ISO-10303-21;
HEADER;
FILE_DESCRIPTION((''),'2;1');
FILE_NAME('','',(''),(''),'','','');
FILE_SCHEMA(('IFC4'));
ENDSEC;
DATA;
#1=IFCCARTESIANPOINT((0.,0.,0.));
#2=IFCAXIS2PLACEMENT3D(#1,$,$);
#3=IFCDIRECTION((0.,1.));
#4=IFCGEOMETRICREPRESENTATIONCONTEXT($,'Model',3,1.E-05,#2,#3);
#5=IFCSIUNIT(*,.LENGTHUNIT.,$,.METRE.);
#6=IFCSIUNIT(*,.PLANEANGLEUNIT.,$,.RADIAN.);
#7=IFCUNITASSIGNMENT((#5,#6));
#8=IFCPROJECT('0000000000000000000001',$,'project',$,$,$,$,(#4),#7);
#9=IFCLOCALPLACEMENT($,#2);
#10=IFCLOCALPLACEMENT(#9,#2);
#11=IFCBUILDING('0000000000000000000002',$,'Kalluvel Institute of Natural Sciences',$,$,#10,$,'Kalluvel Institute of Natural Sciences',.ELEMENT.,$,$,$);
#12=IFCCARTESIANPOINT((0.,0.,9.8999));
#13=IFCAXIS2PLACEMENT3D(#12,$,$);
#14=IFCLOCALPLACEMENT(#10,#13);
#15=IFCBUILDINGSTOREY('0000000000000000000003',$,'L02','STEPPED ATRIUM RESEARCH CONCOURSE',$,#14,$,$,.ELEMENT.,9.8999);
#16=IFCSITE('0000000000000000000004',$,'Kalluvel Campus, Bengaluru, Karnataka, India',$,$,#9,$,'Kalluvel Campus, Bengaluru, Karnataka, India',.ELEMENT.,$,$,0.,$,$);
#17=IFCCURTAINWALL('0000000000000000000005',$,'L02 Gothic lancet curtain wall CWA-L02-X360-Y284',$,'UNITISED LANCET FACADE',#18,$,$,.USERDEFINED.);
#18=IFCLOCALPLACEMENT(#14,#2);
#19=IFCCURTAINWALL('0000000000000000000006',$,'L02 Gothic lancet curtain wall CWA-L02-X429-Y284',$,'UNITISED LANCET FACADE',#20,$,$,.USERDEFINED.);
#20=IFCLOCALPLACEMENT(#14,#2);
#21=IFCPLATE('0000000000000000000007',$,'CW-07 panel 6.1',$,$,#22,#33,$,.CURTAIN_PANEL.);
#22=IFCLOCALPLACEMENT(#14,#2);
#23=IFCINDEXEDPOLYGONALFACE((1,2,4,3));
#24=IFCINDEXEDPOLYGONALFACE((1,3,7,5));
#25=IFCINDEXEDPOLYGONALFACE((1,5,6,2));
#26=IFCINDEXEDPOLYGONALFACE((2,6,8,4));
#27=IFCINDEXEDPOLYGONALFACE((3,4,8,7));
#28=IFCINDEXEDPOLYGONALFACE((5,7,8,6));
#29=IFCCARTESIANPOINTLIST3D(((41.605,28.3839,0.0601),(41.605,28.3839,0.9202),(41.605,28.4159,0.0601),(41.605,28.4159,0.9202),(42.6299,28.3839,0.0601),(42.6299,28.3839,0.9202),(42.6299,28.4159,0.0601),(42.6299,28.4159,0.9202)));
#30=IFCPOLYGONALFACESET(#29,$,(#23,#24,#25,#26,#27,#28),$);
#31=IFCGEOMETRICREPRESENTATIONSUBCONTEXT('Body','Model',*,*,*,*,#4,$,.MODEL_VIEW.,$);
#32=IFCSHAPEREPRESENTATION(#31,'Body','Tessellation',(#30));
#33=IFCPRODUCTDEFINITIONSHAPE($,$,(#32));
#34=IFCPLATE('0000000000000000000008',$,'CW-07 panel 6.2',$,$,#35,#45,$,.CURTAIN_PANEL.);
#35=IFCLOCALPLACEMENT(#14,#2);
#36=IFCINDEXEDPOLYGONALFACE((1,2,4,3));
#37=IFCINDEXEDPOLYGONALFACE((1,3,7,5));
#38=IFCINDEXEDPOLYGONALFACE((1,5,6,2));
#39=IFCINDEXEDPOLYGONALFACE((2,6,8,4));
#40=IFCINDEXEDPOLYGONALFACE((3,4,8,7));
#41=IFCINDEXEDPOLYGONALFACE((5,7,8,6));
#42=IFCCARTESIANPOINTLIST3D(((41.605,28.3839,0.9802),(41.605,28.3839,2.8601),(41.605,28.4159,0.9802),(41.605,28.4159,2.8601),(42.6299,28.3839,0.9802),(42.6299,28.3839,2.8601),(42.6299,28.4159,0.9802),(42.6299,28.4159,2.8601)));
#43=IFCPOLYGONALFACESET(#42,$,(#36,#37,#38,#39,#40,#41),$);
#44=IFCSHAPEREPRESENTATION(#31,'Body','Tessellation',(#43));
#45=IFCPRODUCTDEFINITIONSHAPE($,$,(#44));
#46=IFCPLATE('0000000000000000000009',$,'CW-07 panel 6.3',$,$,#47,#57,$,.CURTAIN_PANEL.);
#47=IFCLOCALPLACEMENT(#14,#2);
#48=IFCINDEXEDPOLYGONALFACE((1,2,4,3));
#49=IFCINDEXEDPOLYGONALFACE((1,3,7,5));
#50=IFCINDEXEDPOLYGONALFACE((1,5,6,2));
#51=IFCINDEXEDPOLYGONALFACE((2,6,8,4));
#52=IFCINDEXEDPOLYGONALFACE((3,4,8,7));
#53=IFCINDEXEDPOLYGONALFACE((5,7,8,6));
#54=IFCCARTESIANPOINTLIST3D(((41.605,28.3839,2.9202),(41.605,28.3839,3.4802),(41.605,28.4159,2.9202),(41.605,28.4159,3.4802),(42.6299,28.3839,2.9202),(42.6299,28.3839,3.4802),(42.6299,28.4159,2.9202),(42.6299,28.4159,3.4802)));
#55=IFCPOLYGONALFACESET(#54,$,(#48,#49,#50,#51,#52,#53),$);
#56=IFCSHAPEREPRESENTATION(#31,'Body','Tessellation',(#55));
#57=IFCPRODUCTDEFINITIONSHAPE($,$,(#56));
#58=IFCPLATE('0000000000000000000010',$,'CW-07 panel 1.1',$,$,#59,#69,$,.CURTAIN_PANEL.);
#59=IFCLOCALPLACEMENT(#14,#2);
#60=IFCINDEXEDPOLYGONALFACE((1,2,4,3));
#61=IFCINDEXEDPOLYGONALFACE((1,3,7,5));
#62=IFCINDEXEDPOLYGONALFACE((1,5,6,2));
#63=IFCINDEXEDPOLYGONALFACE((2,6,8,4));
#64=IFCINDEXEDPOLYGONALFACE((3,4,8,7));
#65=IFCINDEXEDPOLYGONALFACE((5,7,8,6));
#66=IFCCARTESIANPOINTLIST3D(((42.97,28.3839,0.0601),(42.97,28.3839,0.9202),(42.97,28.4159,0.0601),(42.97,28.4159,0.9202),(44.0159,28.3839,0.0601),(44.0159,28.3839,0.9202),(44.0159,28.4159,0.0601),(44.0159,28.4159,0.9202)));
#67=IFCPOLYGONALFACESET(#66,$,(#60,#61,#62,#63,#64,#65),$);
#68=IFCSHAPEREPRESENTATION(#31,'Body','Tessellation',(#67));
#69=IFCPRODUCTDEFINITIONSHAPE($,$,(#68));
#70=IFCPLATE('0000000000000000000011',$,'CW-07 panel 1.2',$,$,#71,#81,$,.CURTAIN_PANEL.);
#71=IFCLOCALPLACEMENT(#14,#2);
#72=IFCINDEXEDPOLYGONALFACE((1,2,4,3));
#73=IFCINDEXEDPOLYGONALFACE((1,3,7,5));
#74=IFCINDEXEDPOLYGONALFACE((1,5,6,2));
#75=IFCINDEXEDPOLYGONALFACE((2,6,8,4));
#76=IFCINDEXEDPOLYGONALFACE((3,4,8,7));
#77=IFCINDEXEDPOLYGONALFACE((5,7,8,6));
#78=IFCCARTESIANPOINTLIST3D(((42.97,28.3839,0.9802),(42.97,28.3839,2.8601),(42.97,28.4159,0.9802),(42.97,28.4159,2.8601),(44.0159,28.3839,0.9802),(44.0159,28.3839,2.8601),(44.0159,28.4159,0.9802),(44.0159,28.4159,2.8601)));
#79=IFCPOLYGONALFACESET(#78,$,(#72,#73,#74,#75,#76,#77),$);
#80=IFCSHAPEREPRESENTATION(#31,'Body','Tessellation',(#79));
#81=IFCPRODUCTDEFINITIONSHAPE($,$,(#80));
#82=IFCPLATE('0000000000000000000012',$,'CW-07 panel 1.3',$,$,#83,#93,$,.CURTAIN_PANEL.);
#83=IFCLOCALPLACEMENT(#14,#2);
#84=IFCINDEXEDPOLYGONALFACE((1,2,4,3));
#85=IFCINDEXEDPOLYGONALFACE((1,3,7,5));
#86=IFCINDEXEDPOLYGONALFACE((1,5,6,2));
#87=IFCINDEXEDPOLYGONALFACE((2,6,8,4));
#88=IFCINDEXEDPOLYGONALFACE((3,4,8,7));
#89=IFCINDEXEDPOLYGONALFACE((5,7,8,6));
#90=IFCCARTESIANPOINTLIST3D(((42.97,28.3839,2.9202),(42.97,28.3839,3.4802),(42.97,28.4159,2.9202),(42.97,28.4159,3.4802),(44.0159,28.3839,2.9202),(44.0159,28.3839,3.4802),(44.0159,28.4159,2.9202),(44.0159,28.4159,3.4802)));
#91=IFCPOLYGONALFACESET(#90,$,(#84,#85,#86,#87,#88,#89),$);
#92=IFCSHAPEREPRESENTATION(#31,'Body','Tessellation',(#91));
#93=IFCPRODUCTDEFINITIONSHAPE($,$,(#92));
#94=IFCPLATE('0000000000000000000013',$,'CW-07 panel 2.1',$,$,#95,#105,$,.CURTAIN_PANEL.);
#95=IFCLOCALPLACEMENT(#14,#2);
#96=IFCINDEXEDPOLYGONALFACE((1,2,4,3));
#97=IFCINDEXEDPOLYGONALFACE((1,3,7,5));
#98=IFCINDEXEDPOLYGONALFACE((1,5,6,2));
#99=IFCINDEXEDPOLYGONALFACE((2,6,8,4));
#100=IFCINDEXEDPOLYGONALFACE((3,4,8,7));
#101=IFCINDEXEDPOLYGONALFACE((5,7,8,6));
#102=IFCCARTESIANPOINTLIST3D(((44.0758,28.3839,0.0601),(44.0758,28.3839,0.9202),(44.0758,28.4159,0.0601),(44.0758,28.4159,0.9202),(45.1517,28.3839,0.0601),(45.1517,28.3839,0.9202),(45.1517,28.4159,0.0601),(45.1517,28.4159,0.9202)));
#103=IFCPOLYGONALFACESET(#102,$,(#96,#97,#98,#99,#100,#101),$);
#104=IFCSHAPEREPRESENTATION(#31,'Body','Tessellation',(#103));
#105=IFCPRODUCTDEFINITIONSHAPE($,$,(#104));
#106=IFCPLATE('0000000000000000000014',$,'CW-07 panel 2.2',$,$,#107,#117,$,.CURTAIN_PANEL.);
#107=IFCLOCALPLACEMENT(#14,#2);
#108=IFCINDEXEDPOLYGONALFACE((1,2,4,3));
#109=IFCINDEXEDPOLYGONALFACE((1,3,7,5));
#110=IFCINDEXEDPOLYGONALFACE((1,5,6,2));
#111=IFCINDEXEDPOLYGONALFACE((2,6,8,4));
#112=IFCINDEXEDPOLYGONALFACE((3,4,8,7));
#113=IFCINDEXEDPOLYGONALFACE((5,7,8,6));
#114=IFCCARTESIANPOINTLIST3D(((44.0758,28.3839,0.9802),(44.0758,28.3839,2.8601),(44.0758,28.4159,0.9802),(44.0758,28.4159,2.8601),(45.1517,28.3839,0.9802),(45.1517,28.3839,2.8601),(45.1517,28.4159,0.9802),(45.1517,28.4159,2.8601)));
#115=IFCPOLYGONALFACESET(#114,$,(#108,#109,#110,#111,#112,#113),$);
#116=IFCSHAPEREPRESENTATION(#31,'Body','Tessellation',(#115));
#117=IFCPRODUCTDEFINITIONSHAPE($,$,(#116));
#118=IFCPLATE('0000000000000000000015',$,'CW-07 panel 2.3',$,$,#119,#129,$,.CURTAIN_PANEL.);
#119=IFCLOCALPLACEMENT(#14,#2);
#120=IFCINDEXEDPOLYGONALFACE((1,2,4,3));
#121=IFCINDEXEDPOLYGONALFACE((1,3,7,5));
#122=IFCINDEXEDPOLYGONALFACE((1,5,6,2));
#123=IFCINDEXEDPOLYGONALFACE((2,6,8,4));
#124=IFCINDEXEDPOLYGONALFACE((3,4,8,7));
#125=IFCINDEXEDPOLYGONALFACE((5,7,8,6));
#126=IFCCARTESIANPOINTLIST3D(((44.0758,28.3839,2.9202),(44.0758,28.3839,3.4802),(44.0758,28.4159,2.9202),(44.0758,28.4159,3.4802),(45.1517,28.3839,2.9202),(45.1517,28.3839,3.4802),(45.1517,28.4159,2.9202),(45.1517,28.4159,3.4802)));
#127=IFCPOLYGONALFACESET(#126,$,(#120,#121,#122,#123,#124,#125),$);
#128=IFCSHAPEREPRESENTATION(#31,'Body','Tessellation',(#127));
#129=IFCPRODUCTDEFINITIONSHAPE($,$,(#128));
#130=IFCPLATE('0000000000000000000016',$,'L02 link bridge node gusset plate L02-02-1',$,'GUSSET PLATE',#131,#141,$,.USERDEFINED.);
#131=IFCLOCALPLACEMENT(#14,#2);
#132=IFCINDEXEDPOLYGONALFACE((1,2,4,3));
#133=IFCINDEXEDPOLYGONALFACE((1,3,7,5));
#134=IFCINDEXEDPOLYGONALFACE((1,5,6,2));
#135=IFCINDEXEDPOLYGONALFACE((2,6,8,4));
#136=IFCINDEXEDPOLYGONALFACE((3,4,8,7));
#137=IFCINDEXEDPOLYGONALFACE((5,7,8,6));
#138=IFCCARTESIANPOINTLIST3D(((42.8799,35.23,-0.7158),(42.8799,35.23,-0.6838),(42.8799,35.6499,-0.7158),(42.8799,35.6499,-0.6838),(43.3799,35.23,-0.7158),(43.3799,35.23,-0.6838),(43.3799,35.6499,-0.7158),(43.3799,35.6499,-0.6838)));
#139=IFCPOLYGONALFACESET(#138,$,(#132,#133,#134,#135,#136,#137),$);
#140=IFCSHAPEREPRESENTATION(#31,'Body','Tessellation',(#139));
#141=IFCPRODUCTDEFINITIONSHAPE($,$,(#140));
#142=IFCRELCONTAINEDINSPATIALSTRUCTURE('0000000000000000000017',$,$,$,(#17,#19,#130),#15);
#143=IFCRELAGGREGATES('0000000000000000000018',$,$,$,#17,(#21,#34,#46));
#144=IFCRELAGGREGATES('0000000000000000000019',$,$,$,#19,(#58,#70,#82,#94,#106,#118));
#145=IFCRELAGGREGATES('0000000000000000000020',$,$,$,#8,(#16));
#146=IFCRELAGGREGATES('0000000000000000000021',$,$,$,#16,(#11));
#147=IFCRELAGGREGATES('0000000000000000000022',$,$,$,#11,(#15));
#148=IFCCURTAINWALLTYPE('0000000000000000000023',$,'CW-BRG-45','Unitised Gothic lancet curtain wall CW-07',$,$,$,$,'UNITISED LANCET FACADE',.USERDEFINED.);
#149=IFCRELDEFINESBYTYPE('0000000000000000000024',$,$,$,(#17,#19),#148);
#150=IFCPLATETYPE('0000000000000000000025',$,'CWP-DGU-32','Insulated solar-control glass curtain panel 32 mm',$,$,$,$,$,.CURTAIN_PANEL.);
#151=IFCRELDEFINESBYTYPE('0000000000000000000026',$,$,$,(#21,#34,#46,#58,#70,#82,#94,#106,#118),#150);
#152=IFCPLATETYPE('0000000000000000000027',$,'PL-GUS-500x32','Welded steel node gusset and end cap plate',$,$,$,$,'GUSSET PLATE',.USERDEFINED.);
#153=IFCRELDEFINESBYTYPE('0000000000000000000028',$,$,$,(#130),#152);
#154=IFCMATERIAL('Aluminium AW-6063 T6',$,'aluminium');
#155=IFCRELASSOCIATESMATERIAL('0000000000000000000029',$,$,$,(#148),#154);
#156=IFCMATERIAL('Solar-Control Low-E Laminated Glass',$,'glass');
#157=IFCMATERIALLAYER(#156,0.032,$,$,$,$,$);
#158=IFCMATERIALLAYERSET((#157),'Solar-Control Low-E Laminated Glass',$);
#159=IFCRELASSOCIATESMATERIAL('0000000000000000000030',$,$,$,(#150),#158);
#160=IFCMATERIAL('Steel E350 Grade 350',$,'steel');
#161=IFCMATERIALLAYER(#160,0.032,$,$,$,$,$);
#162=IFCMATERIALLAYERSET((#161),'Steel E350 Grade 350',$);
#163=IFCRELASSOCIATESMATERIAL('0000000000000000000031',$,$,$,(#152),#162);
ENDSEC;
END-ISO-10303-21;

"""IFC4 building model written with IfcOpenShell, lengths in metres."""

from ifc_helpers import new_model, si_unit, direction, frame, origin, origin_2d, place, context, subcontext, project, spatial, rectangle, extrude, material, layer, layer_set, type_object, element, aggregate, save


model = new_model("IFC4")

# Units and contexts
model_context = context("Model", 3, precision=1e-05, world=origin(), true_north=direction((0.0, 1.0)))
body_context = subcontext(model_context, "Body", "Model", "MODEL_VIEW")
ifc_project = project(units=[si_unit("LENGTHUNIT", "METRE"), si_unit("PLANEANGLEUNIT", "RADIAN")], contexts=[model_context])

# Site, building, storey
site_placement = place(None, origin())
site = spatial("IfcSite", under=ifc_project, at=site_placement, Name="Kalluvel Campus, Bengaluru, Karnataka, India", LongName="Kalluvel Campus, Bengaluru, Karnataka, India", CompositionType="ELEMENT", RefElevation=0.0)
building_placement = place(site_placement, origin())
building = spatial("IfcBuilding", under=site, at=building_placement, Name="Kalluvel Institute of Natural Sciences", LongName="Kalluvel Institute of Natural Sciences", CompositionType="ELEMENT")
storey_placement = place(building_placement, frame((0.0, 0.0, 9.8999)))
storey = spatial("IfcBuildingStorey", under=building, at=storey_placement, Name="L02", Description="STEPPED ATRIUM RESEARCH CONCOURSE", CompositionType="ELEMENT", Elevation=9.8999)

# Shared definitions
ifc_material_1 = material(Name="Steel E350 Grade 350", Category="steel")

# Curtain wall
ifc_material_2 = material(Name="Aluminium AW-6063 T6", Category="aluminium")
curtain_wall_type = type_object("IfcCurtainWallType", Name="CW-BRG-45", Description="Unitised Gothic lancet curtain wall CW-07", ElementType="UNITISED LANCET FACADE", PredefinedType="USERDEFINED", material=ifc_material_2)
curtain_wall_1_placement = place(storey_placement, origin())
curtain_wall_1 = element("IfcCurtainWall", 1, at=curtain_wall_1_placement, inside=storey, type_object=curtain_wall_type, Name="L02 Gothic lancet curtain wall CWA-L02-X360-Y284", ObjectType="UNITISED LANCET FACADE", PredefinedType="USERDEFINED")

# Curtain wall
curtain_wall_2_placement = place(storey_placement, origin())
curtain_wall_2 = element("IfcCurtainWall", 2, at=curtain_wall_2_placement, inside=storey, type_object=curtain_wall_type, Name="L02 Gothic lancet curtain wall CWA-L02-X429-Y284", ObjectType="UNITISED LANCET FACADE", PredefinedType="USERDEFINED")

# Plates
ifc_material_3 = material(Name="Solar-Control Low-E Laminated Glass", Category="glass")
ifc_layer_1 = layer(ifc_material_3, 0.032)
ifc_layer_set_1 = layer_set([ifc_layer_1], Name="Solar-Control Low-E Laminated Glass")
plate_type_1 = type_object("IfcPlateType", Name="CWP-DGU-32", Description="Insulated solar-control glass curtain panel 32 mm", PredefinedType="CURTAIN_PANEL", material=ifc_layer_set_1)
plate_1_placement = place(storey_placement, frame((42.1174, 28.3999, 0.0601), z_axis=(0.0, 0.0, 1.0), x_axis=(1.0, 0.0, 0.0)))
plate_1 = element("IfcPlate", 3, at=plate_1_placement, type_object=plate_type_1, Name="CW-07 panel 6.1", PredefinedType="CURTAIN_PANEL", context=body_context, shape_type="SweptSolid", body=[
    extrude(rectangle(XDim=1.0249, YDim=0.032, at=origin_2d()), origin(), (0.0, 0.0, 1.0), 0.8601),
])
plate_2_placement = place(storey_placement, frame((42.1174, 28.3999, 0.9802), z_axis=(0.0, 0.0, 1.0), x_axis=(1.0, 0.0, 0.0)))
plate_2 = element("IfcPlate", 4, at=plate_2_placement, type_object=plate_type_1, Name="CW-07 panel 6.2", PredefinedType="CURTAIN_PANEL", context=body_context, shape_type="SweptSolid", body=[
    extrude(rectangle(XDim=1.0249, YDim=0.032, at=origin_2d()), origin(), (0.0, 0.0, 1.0), 1.8799),
])
plate_3_placement = place(storey_placement, frame((42.1174, 28.3999, 2.9202), z_axis=(0.0, 0.0, 1.0), x_axis=(1.0, 0.0, 0.0)))
plate_3 = element("IfcPlate", 5, at=plate_3_placement, type_object=plate_type_1, Name="CW-07 panel 6.3", PredefinedType="CURTAIN_PANEL", context=body_context, shape_type="SweptSolid", body=[
    extrude(rectangle(XDim=1.0249, YDim=0.032, at=origin_2d()), origin(), (0.0, 0.0, 1.0), 0.5601),
])
aggregate(curtain_wall_1, [plate_1, plate_2, plate_3])
plate_4_placement = place(storey_placement, frame((43.4929, 28.3999, 0.0601), z_axis=(0.0, 0.0, 1.0), x_axis=(1.0, 0.0, 0.0)))
plate_4 = element("IfcPlate", 6, at=plate_4_placement, type_object=plate_type_1, Name="CW-07 panel 1.1", PredefinedType="CURTAIN_PANEL", context=body_context, shape_type="SweptSolid", body=[
    extrude(rectangle(XDim=1.0459, YDim=0.032, at=origin_2d()), origin(), (0.0, 0.0, 1.0), 0.8601),
])
plate_5_placement = place(storey_placement, frame((43.4929, 28.3999, 0.9802), z_axis=(0.0, 0.0, 1.0), x_axis=(1.0, 0.0, 0.0)))
plate_5 = element("IfcPlate", 7, at=plate_5_placement, type_object=plate_type_1, Name="CW-07 panel 1.2", PredefinedType="CURTAIN_PANEL", context=body_context, shape_type="SweptSolid", body=[
    extrude(rectangle(XDim=1.0459, YDim=0.032, at=origin_2d()), origin(), (0.0, 0.0, 1.0), 1.8799),
])
plate_6_placement = place(storey_placement, frame((43.4929, 28.3999, 2.9202), z_axis=(0.0, 0.0, 1.0), x_axis=(1.0, 0.0, 0.0)))
plate_6 = element("IfcPlate", 8, at=plate_6_placement, type_object=plate_type_1, Name="CW-07 panel 1.3", PredefinedType="CURTAIN_PANEL", context=body_context, shape_type="SweptSolid", body=[
    extrude(rectangle(XDim=1.0459, YDim=0.032, at=origin_2d()), origin(), (0.0, 0.0, 1.0), 0.5601),
])
plate_7_placement = place(storey_placement, frame((44.6138, 28.3999, 0.0601), z_axis=(0.0, 0.0, 1.0), x_axis=(1.0, 0.0, 0.0)))
plate_7 = element("IfcPlate", 9, at=plate_7_placement, type_object=plate_type_1, Name="CW-07 panel 2.1", PredefinedType="CURTAIN_PANEL", context=body_context, shape_type="SweptSolid", body=[
    extrude(rectangle(XDim=1.0759, YDim=0.032, at=origin_2d()), origin(), (0.0, 0.0, 1.0), 0.8601),
])
plate_8_placement = place(storey_placement, frame((44.6138, 28.3999, 0.9802), z_axis=(0.0, 0.0, 1.0), x_axis=(1.0, 0.0, 0.0)))
plate_8 = element("IfcPlate", 10, at=plate_8_placement, type_object=plate_type_1, Name="CW-07 panel 2.2", PredefinedType="CURTAIN_PANEL", context=body_context, shape_type="SweptSolid", body=[
    extrude(rectangle(XDim=1.0759, YDim=0.032, at=origin_2d()), origin(), (0.0, 0.0, 1.0), 1.8799),
])
plate_9_placement = place(storey_placement, frame((44.6138, 28.3999, 2.9202), z_axis=(0.0, 0.0, 1.0), x_axis=(1.0, 0.0, 0.0)))
plate_9 = element("IfcPlate", 11, at=plate_9_placement, type_object=plate_type_1, Name="CW-07 panel 2.3", PredefinedType="CURTAIN_PANEL", context=body_context, shape_type="SweptSolid", body=[
    extrude(rectangle(XDim=1.0759, YDim=0.032, at=origin_2d()), origin(), (0.0, 0.0, 1.0), 0.5601),
])
aggregate(curtain_wall_2, [plate_4, plate_5, plate_6, plate_7, plate_8, plate_9])
ifc_layer_2 = layer(ifc_material_1, 0.032)
ifc_layer_set_2 = layer_set([ifc_layer_2], Name="Steel E350 Grade 350")
plate_type_2 = type_object("IfcPlateType", Name="PL-GUS-500x32", Description="Welded steel node gusset and end cap plate", ElementType="GUSSET PLATE", PredefinedType="USERDEFINED", material=ifc_layer_set_2)
plate_10_placement = place(storey_placement, frame((43.1299, 35.4399, -0.7158), z_axis=(0.0, 0.0, 1.0), x_axis=(1.0, 0.0, 0.0)))
element("IfcPlate", 12, at=plate_10_placement, inside=storey, type_object=plate_type_2, Name="L02 link bridge node gusset plate L02-02-1", ObjectType="GUSSET PLATE", PredefinedType="USERDEFINED", context=body_context, shape_type="SweptSolid", body=[
    extrude(rectangle(XDim=0.5, YDim=0.4199, at=origin_2d()), origin(), (0.0, 0.0, 1.0), 0.032),
])

save(model, "model.ifc")
